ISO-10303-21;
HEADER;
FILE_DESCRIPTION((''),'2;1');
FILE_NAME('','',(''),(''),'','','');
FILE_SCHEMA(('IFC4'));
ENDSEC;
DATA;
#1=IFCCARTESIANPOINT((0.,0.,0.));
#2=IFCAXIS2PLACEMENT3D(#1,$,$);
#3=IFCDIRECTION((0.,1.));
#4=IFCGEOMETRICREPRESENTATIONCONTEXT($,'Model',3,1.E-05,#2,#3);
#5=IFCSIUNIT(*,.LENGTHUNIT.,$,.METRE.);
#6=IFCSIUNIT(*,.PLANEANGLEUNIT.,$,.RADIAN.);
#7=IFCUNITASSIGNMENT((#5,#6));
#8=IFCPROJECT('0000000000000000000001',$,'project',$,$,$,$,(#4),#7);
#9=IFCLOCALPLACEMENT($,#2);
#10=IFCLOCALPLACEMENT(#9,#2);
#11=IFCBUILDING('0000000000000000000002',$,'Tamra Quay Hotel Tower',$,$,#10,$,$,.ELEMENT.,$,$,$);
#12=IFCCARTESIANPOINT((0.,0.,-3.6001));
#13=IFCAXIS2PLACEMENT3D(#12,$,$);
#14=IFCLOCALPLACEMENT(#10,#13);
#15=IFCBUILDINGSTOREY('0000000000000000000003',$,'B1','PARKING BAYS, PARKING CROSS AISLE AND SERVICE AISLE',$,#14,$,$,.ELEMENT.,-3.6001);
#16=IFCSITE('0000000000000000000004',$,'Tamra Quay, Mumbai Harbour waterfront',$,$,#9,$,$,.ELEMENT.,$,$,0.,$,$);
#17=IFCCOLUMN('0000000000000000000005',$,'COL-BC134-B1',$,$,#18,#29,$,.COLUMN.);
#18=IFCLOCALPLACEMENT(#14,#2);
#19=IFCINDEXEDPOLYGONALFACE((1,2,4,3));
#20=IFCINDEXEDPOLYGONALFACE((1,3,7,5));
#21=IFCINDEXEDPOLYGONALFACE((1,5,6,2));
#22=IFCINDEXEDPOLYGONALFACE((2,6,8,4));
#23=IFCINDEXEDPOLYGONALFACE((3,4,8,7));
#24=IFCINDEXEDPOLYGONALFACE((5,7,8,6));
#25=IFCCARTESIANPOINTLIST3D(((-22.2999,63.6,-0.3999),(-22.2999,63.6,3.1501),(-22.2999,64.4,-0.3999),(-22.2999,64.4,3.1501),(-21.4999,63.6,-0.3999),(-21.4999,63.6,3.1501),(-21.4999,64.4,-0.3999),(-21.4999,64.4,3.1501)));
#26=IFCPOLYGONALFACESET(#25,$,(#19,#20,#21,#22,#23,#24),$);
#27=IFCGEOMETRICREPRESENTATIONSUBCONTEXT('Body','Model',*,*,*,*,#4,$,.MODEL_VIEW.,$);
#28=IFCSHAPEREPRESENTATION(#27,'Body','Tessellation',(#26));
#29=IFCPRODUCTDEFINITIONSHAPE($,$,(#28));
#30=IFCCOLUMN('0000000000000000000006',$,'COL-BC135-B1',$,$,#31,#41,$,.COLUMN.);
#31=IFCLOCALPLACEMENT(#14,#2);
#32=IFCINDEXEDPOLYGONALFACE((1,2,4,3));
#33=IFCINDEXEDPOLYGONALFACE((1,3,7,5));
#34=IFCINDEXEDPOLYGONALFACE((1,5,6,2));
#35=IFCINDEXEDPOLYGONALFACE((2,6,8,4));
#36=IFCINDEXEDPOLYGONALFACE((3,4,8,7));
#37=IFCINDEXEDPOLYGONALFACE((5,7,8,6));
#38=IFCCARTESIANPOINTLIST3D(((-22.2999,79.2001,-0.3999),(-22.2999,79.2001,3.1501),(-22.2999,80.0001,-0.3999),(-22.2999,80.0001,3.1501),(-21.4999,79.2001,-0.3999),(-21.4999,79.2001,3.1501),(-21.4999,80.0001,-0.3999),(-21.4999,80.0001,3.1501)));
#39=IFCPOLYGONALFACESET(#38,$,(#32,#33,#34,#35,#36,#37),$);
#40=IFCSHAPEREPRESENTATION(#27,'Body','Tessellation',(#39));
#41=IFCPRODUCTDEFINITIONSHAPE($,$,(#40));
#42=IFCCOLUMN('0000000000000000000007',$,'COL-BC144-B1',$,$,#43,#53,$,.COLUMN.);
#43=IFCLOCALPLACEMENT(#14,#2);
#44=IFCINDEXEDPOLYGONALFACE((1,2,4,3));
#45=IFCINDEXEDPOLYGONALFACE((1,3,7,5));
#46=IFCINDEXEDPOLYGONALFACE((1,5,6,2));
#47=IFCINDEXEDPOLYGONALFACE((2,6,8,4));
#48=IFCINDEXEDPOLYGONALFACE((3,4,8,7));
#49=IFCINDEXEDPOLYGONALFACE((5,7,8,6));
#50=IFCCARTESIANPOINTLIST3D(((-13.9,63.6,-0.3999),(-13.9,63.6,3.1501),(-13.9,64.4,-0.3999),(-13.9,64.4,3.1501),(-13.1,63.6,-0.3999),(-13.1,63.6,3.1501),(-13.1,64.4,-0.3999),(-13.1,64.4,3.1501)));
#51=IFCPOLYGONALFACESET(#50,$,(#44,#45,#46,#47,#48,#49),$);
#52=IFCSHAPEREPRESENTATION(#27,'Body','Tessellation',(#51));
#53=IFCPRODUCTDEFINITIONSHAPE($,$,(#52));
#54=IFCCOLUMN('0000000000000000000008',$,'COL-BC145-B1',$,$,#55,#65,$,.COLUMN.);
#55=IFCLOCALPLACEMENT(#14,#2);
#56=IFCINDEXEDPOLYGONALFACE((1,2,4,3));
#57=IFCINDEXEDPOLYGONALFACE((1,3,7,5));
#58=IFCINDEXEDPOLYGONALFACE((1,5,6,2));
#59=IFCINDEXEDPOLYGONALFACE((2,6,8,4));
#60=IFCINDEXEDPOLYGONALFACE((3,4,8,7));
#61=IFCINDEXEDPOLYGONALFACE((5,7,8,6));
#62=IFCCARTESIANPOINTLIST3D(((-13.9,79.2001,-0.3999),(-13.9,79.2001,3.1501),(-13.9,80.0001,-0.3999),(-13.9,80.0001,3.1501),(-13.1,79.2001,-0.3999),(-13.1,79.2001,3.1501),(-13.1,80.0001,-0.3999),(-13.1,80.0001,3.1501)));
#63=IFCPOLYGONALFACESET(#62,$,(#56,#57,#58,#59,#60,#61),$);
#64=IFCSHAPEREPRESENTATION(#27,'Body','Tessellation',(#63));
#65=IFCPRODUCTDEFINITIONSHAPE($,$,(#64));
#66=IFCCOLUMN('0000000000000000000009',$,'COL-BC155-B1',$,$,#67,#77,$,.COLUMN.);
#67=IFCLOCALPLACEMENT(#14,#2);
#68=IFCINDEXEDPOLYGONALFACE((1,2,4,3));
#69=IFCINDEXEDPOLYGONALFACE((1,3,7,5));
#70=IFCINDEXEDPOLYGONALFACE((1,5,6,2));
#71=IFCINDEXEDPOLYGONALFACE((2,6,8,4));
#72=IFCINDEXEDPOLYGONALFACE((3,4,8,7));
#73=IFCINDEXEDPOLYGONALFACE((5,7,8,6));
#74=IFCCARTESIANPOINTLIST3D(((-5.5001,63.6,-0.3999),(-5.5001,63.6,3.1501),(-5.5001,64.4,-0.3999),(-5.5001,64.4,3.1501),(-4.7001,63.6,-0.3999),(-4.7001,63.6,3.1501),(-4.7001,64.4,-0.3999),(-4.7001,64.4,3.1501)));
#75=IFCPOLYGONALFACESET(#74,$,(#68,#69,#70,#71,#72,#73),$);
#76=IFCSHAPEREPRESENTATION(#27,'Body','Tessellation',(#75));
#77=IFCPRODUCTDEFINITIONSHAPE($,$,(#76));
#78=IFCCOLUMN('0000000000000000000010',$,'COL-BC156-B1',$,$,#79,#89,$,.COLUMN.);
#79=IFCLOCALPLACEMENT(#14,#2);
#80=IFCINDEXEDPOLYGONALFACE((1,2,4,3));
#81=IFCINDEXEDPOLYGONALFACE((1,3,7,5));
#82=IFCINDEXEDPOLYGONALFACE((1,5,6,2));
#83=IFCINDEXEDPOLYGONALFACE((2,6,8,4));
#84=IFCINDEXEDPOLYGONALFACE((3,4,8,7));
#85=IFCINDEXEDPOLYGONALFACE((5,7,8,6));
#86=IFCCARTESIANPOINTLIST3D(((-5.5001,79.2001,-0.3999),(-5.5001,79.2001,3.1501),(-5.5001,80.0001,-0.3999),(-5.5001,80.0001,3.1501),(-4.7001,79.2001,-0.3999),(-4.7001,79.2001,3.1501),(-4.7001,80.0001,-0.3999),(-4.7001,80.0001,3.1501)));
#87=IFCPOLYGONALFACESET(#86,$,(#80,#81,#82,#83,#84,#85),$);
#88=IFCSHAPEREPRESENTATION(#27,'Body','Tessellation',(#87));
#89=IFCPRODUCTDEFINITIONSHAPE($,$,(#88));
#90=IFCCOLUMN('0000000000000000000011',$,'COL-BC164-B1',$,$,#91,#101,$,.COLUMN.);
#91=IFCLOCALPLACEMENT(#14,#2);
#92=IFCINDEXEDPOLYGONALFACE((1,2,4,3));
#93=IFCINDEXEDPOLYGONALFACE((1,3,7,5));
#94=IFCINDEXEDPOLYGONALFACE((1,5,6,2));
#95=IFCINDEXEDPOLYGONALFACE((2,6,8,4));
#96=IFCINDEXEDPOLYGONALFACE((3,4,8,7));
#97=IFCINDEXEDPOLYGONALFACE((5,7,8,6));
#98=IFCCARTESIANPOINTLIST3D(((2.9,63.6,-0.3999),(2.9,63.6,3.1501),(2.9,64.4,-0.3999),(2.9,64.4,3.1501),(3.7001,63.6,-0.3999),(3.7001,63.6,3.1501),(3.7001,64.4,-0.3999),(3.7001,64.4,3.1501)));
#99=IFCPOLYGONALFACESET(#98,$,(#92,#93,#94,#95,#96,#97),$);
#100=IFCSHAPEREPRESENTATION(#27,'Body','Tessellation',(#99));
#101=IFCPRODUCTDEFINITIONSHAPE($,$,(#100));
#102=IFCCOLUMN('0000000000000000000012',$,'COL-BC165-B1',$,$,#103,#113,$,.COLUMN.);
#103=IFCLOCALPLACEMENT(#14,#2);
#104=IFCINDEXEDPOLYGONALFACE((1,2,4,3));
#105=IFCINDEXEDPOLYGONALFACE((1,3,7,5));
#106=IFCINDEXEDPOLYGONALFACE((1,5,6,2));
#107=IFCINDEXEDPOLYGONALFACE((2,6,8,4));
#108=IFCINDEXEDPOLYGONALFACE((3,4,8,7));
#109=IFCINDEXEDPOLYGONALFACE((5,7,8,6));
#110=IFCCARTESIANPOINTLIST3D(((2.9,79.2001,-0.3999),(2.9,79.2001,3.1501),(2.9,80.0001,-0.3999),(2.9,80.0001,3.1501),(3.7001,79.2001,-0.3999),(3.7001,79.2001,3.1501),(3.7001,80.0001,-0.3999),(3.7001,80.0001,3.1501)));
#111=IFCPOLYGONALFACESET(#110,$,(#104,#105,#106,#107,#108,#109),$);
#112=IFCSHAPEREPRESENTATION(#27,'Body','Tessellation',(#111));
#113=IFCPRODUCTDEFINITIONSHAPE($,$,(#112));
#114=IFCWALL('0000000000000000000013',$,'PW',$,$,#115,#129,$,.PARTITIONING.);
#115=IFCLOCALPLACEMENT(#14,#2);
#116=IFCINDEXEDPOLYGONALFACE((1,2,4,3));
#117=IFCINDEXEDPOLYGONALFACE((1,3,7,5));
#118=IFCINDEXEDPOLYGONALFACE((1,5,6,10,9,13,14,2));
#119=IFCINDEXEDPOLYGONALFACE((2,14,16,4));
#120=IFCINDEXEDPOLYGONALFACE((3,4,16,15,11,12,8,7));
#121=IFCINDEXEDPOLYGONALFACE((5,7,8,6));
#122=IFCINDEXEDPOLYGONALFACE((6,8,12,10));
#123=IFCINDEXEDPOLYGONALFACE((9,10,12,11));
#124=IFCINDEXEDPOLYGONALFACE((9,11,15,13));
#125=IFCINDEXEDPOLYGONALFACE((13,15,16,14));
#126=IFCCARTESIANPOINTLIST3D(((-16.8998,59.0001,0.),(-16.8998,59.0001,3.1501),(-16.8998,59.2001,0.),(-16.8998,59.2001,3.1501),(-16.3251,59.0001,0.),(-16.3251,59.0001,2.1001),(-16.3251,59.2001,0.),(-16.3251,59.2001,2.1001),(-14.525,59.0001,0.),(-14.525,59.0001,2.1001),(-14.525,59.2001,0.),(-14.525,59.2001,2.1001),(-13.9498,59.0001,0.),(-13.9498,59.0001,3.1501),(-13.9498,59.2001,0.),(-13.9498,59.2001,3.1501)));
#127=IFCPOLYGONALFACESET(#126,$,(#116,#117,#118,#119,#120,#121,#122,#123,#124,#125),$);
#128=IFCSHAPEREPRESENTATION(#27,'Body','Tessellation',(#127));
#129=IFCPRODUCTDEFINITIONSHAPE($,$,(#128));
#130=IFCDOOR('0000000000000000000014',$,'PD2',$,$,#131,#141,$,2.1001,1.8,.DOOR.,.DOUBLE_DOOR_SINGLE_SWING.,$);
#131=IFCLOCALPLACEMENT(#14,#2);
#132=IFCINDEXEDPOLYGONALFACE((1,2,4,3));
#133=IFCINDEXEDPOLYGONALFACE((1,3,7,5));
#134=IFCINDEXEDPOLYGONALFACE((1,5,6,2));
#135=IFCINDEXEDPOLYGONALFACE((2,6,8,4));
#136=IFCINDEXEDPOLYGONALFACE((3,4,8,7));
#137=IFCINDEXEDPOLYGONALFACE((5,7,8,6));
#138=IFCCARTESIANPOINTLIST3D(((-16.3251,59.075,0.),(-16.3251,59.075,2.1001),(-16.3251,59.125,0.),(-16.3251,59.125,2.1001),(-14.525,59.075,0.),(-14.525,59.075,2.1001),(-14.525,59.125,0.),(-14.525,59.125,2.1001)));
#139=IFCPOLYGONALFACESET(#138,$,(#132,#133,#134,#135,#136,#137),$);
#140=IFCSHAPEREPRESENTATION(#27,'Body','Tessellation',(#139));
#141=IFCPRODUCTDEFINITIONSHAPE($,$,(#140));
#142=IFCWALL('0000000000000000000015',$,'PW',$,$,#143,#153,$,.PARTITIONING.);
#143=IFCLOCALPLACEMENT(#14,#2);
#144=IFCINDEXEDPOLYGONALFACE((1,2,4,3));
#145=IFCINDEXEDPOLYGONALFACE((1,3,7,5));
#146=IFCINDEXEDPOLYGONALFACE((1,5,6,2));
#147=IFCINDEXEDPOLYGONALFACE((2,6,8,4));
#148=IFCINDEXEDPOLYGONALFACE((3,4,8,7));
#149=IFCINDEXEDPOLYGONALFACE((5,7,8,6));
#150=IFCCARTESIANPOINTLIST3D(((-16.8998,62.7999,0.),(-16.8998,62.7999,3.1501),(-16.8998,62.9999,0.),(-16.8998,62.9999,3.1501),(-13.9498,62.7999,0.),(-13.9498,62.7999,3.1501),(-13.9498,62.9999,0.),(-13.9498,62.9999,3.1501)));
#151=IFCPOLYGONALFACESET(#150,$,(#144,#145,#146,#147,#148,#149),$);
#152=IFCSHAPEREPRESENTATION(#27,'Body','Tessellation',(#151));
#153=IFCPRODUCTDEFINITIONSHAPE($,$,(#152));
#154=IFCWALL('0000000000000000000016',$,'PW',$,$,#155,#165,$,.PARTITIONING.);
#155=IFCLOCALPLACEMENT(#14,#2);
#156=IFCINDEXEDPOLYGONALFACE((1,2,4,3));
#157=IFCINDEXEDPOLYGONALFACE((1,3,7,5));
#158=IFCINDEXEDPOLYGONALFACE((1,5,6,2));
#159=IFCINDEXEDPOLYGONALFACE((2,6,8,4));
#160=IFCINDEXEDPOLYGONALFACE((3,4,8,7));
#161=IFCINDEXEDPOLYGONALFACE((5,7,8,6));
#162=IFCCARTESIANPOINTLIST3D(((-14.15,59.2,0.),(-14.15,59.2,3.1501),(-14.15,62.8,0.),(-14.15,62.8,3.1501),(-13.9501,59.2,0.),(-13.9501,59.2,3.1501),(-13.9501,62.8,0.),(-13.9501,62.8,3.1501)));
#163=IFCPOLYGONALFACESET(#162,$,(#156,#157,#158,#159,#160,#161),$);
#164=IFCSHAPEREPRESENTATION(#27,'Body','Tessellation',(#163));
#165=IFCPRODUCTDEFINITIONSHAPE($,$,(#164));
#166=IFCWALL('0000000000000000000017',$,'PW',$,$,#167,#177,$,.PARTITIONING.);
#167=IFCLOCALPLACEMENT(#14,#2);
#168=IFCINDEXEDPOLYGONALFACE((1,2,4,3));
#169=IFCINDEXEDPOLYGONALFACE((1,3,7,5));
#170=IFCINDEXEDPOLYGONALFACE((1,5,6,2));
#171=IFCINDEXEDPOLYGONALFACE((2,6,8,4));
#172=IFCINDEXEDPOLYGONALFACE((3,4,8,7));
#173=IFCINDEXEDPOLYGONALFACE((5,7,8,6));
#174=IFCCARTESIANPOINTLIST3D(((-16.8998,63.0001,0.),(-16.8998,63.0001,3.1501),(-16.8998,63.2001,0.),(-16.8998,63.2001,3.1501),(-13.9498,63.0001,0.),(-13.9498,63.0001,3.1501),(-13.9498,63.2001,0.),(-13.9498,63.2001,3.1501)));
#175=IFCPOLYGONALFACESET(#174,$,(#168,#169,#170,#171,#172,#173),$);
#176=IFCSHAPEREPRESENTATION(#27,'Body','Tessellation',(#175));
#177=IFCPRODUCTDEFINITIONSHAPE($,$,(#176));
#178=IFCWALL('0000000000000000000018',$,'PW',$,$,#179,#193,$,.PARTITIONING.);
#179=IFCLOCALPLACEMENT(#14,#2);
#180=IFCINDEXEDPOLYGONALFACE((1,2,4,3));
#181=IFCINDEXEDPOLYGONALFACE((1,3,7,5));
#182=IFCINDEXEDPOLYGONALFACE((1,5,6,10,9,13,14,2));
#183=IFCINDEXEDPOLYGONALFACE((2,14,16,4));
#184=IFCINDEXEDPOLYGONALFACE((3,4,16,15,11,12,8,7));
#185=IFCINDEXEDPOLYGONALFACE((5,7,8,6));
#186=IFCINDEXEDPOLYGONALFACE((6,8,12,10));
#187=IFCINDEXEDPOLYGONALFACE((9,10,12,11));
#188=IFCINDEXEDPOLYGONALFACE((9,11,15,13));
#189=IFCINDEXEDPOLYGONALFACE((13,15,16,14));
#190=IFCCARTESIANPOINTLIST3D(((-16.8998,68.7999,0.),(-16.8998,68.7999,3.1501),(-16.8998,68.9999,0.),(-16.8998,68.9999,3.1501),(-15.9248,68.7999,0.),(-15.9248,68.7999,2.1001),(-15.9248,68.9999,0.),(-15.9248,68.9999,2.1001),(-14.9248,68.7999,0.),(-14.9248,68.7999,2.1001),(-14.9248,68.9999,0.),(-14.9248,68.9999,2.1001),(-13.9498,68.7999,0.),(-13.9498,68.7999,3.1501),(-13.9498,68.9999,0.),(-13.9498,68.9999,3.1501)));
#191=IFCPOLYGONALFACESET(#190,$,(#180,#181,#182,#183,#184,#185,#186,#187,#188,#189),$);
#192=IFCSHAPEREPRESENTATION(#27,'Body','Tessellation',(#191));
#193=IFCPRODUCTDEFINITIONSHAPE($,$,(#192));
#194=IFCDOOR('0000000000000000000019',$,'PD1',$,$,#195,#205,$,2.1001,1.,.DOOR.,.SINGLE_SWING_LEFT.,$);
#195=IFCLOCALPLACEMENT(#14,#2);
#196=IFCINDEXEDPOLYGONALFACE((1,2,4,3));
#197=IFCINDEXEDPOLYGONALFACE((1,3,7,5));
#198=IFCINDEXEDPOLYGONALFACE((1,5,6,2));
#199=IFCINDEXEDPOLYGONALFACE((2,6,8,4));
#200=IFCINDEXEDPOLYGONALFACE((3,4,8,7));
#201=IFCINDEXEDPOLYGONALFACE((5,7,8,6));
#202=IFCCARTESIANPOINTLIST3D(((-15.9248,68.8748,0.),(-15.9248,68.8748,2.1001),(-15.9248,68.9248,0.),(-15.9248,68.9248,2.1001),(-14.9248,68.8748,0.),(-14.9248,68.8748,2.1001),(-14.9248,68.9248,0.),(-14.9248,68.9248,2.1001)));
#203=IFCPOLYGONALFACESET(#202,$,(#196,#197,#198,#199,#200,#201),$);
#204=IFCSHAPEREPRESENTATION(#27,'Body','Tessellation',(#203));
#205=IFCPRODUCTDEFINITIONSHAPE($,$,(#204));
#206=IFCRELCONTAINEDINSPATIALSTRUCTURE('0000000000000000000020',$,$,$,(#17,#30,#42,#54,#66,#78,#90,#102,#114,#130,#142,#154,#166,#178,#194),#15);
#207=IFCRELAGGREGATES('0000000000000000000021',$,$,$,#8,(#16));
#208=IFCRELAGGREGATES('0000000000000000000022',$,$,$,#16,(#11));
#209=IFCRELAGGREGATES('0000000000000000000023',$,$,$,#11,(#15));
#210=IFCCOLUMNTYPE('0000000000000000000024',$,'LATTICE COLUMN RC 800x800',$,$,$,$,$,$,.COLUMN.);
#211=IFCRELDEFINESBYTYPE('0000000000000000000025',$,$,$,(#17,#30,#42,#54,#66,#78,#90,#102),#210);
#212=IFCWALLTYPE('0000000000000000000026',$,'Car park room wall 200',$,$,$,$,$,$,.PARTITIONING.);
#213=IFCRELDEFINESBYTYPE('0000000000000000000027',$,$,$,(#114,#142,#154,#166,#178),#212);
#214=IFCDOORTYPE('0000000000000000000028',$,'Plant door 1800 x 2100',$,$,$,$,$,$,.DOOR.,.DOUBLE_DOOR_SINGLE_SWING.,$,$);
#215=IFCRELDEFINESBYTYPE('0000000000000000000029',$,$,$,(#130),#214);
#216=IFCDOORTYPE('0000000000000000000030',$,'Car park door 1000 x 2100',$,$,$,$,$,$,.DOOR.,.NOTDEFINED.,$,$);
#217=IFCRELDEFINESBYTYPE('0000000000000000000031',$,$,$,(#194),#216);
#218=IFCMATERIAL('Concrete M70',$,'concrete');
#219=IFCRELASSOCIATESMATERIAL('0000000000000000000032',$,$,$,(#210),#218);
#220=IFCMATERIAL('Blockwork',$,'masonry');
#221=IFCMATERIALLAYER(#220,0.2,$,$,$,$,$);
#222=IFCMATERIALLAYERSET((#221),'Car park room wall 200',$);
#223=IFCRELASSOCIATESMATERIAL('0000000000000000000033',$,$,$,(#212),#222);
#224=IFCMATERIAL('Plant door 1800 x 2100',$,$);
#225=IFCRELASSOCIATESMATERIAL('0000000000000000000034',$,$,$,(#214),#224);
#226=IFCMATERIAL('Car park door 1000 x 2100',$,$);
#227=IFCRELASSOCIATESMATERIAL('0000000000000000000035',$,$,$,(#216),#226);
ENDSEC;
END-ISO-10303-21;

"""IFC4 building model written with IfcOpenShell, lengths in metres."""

from ifc_helpers import new_model, si_unit, direction, frame, frame_2d, origin, origin_2d, place, context, subcontext, project, spatial, rectangle, extrude, material, layer, layer_set, material_profile, profile_set, type_object, element, fill, save


model = new_model("IFC4")

# Units and contexts
model_context = context("Model", 3, precision=1e-05, world=origin(), true_north=direction((0.0, 1.0)))
body_context = subcontext(model_context, "Body", "Model", "MODEL_VIEW")
ifc_project = project(units=[si_unit("LENGTHUNIT", "METRE"), si_unit("PLANEANGLEUNIT", "RADIAN")], contexts=[model_context])

# Site, building, storey
site_placement = place(None, origin())
site = spatial("IfcSite", under=ifc_project, at=site_placement, Name="Tamra Quay, Mumbai Harbour waterfront", CompositionType="ELEMENT", RefElevation=0.0)
building_placement = place(site_placement, origin())
building = spatial("IfcBuilding", under=site, at=building_placement, Name="Tamra Quay Hotel Tower", CompositionType="ELEMENT")
storey_placement = place(building_placement, frame((0.0, 0.0, -3.6001)))
storey = spatial("IfcBuildingStorey", under=building, at=storey_placement, Name="B1", Description="PARKING BAYS, PARKING CROSS AISLE AND SERVICE AISLE", CompositionType="ELEMENT", Elevation=-3.6001)

# Columns
ifc_material_1 = material(Name="Concrete M70", Category="concrete")
ifc_material_profile = material_profile(ifc_material_1, rectangle(XDim=0.8, YDim=0.8, at=origin_2d()), Name="LATTICE COLUMN RC 800x800")
ifc_profile_set = profile_set([ifc_material_profile], Name="Concrete M70")
column_type = type_object("IfcColumnType", Name="LATTICE COLUMN RC 800x800", PredefinedType="COLUMN", material=ifc_profile_set)
for number, where, z_axis, x_axis, name in (
    (1, (-21.8999, 64.0, -0.3999), (0.0, 0.0, 1.0), (1.0, 0.0, 0.0), "COL-BC134-B1"),
    (2, (-21.8999, 79.6001, -0.3999), (0.0, 0.0, 1.0), (1.0, 0.0, 0.0), "COL-BC135-B1"),
    (3, (-13.5, 64.0, -0.3999), (0.0, 0.0, 1.0), (1.0, 0.0, 0.0), "COL-BC144-B1"),
    (4, (-13.5, 79.6001, -0.3999), (0.0, 0.0, 1.0), (1.0, 0.0, 0.0), "COL-BC145-B1"),
    (5, (-5.1001, 64.0, -0.3999), (0.0, 0.0, 1.0), (1.0, 0.0, 0.0), "COL-BC155-B1"),
    (6, (-5.1001, 79.6001, -0.3999), (0.0, 0.0, 1.0), (1.0, 0.0, 0.0), "COL-BC156-B1"),
    (7, (3.3, 64.0, -0.3999), (0.0, 0.0, 1.0), (1.0, 0.0, 0.0), "COL-BC164-B1"),
    (8, (3.3, 79.6001, -0.3999), (0.0, 0.0, 1.0), (1.0, 0.0, 0.0), "COL-BC165-B1"),
):
    element("IfcColumn", number, at=place(storey_placement, frame(where, z_axis=z_axis, x_axis=x_axis)), inside=storey, type_object=column_type, Name=name, PredefinedType="COLUMN", context=body_context, shape_type="SweptSolid", body=[
        extrude(rectangle(XDim=0.8, YDim=0.8, at=origin_2d()), origin(), (0.0, 0.0, 1.0), 3.55),
    ])

# Wall, opening, door
ifc_material_2 = material(Name="Blockwork", Category="masonry")
ifc_layer_1 = layer(ifc_material_2, 0.2)
ifc_layer_set_1 = layer_set([ifc_layer_1], Name="Car park room wall 200")
wall_type_1 = type_object("IfcWallType", Name="Car park room wall 200", PredefinedType="PARTITIONING", material=ifc_layer_set_1)
wall_1_placement = place(storey_placement, frame((-16.8999, 59.1001, 0.0), z_axis=(0.0, 0.0, 1.0), x_axis=(1.0, 0.0, 0.0)))
wall_1 = element("IfcWall", 9, at=wall_1_placement, inside=storey, type_object=wall_type_1, Name="PW", PredefinedType="PARTITIONING", context=body_context, shape_type="SweptSolid", body=[
    extrude(rectangle(XDim=2.95, YDim=0.2, at=frame_2d((1.4751, 0.0))), origin(), (0.0, 0.0, 1.0), 3.1501),
])
opening_1_placement = place(wall_1_placement, frame((0.575, 0.0, 0.0)))
opening_1 = element("IfcOpeningElement", 10, at=opening_1_placement, cuts=wall_1, PredefinedType="OPENING", context=body_context, shape_type="SweptSolid", body=[
    extrude(rectangle(XDim=1.8, YDim=2.1001, at=frame_2d((0.8999, 1.05))), frame((0.0, 0.1099, 0.0), z_axis=(0.0, -1.0, 0.0), x_axis=(1.0, 0.0, 0.0)), (0.0, 0.0, 1.0), 0.22),
])
ifc_material_3 = material(Name="Plant door 1800 x 2100")
door_type_1 = type_object("IfcDoorType", Name="Plant door 1800 x 2100", OperationType="DOUBLE_DOOR_SINGLE_SWING", PredefinedType="DOOR", material=ifc_material_3)
door_1_placement = place(opening_1_placement, origin())
door_1 = element("IfcDoor", 11, at=door_1_placement, inside=storey, type_object=door_type_1, Name="PD2", OperationType="DOUBLE_DOOR_SINGLE_SWING", OverallHeight=2.1001, OverallWidth=1.8, PredefinedType="DOOR", context=body_context, shape_type="SweptSolid", body=[
    extrude(rectangle(XDim=1.8, YDim=2.1001, at=frame_2d((0.8999, 1.05))), frame((0.0, 0.0249, 0.0), z_axis=(0.0, -1.0, 0.0), x_axis=(1.0, 0.0, 0.0)), (0.0, 0.0, 1.0), 0.05),
])
fill(opening_1, door_1)

# Walls
wall_2_placement = place(storey_placement, frame((-16.8999, 62.8999, 0.0), z_axis=(0.0, 0.0, 1.0), x_axis=(1.0, 0.0, 0.0)))
element("IfcWall", 12, at=wall_2_placement, inside=storey, type_object=wall_type_1, Name="PW", PredefinedType="PARTITIONING", context=body_context, shape_type="SweptSolid", body=[
    extrude(rectangle(XDim=2.95, YDim=0.2, at=frame_2d((1.4751, 0.0))), origin(), (0.0, 0.0, 1.0), 3.1501),
])
wall_3_placement = place(storey_placement, frame((-14.05, 59.2, 0.0), z_axis=(0.0, 0.0, 1.0), x_axis=(0.0, 1.0, 0.0)))
element("IfcWall", 13, at=wall_3_placement, inside=storey, type_object=wall_type_1, Name="PW", PredefinedType="PARTITIONING", context=body_context, shape_type="SweptSolid", body=[
    extrude(rectangle(XDim=3.6001, YDim=0.2, at=frame_2d((1.8, 0.0))), origin(), (0.0, 0.0, 1.0), 3.1501),
])
wall_4_placement = place(storey_placement, frame((-16.8999, 63.1001, 0.0), z_axis=(0.0, 0.0, 1.0), x_axis=(1.0, 0.0, 0.0)))
element("IfcWall", 14, at=wall_4_placement, inside=storey, type_object=wall_type_1, Name="PW", PredefinedType="PARTITIONING", context=body_context, shape_type="SweptSolid", body=[
    extrude(rectangle(XDim=2.95, YDim=0.2, at=frame_2d((1.4751, 0.0))), origin(), (0.0, 0.0, 1.0), 3.1501),
])

# Wall, opening, door
wall_5_placement = place(storey_placement, frame((-16.8999, 68.8999, 0.0), z_axis=(0.0, 0.0, 1.0), x_axis=(1.0, 0.0, 0.0)))
wall_5 = element("IfcWall", 15, at=wall_5_placement, inside=storey, type_object=wall_type_1, Name="PW", PredefinedType="PARTITIONING", context=body_context, shape_type="SweptSolid", body=[
    extrude(rectangle(XDim=2.95, YDim=0.2, at=frame_2d((1.4751, 0.0))), origin(), (0.0, 0.0, 1.0), 3.1501),
])
opening_2_placement = place(wall_5_placement, frame((0.9751, 0.0, 0.0)))
opening_2 = element("IfcOpeningElement", 16, at=opening_2_placement, cuts=wall_5, PredefinedType="OPENING", context=body_context, shape_type="SweptSolid", body=[
    extrude(rectangle(XDim=1.0, YDim=2.1001, at=frame_2d((0.5, 1.05))), frame((0.0, 0.1099, 0.0), z_axis=(0.0, -1.0, 0.0), x_axis=(1.0, 0.0, 0.0)), (0.0, 0.0, 1.0), 0.22),
])
ifc_material_4 = material(Name="Car park door 1000 x 2100")
door_type_2 = type_object("IfcDoorType", Name="Car park door 1000 x 2100", OperationType="NOTDEFINED", PredefinedType="DOOR", material=ifc_material_4)
door_2_placement = place(opening_2_placement, origin())
door_2 = element("IfcDoor", 17, at=door_2_placement, inside=storey, type_object=door_type_2, Name="PD1", OperationType="SINGLE_SWING_LEFT", OverallHeight=2.1001, OverallWidth=1.0, PredefinedType="DOOR", context=body_context, shape_type="SweptSolid", body=[
    extrude(rectangle(XDim=1.0, YDim=2.1001, at=frame_2d((0.5, 1.05))), frame((0.0, 0.0249, 0.0), z_axis=(0.0, -1.0, 0.0), x_axis=(1.0, 0.0, 0.0)), (0.0, 0.0, 1.0), 0.05),
])
fill(opening_2, door_2)

save(model, "model.ifc")
